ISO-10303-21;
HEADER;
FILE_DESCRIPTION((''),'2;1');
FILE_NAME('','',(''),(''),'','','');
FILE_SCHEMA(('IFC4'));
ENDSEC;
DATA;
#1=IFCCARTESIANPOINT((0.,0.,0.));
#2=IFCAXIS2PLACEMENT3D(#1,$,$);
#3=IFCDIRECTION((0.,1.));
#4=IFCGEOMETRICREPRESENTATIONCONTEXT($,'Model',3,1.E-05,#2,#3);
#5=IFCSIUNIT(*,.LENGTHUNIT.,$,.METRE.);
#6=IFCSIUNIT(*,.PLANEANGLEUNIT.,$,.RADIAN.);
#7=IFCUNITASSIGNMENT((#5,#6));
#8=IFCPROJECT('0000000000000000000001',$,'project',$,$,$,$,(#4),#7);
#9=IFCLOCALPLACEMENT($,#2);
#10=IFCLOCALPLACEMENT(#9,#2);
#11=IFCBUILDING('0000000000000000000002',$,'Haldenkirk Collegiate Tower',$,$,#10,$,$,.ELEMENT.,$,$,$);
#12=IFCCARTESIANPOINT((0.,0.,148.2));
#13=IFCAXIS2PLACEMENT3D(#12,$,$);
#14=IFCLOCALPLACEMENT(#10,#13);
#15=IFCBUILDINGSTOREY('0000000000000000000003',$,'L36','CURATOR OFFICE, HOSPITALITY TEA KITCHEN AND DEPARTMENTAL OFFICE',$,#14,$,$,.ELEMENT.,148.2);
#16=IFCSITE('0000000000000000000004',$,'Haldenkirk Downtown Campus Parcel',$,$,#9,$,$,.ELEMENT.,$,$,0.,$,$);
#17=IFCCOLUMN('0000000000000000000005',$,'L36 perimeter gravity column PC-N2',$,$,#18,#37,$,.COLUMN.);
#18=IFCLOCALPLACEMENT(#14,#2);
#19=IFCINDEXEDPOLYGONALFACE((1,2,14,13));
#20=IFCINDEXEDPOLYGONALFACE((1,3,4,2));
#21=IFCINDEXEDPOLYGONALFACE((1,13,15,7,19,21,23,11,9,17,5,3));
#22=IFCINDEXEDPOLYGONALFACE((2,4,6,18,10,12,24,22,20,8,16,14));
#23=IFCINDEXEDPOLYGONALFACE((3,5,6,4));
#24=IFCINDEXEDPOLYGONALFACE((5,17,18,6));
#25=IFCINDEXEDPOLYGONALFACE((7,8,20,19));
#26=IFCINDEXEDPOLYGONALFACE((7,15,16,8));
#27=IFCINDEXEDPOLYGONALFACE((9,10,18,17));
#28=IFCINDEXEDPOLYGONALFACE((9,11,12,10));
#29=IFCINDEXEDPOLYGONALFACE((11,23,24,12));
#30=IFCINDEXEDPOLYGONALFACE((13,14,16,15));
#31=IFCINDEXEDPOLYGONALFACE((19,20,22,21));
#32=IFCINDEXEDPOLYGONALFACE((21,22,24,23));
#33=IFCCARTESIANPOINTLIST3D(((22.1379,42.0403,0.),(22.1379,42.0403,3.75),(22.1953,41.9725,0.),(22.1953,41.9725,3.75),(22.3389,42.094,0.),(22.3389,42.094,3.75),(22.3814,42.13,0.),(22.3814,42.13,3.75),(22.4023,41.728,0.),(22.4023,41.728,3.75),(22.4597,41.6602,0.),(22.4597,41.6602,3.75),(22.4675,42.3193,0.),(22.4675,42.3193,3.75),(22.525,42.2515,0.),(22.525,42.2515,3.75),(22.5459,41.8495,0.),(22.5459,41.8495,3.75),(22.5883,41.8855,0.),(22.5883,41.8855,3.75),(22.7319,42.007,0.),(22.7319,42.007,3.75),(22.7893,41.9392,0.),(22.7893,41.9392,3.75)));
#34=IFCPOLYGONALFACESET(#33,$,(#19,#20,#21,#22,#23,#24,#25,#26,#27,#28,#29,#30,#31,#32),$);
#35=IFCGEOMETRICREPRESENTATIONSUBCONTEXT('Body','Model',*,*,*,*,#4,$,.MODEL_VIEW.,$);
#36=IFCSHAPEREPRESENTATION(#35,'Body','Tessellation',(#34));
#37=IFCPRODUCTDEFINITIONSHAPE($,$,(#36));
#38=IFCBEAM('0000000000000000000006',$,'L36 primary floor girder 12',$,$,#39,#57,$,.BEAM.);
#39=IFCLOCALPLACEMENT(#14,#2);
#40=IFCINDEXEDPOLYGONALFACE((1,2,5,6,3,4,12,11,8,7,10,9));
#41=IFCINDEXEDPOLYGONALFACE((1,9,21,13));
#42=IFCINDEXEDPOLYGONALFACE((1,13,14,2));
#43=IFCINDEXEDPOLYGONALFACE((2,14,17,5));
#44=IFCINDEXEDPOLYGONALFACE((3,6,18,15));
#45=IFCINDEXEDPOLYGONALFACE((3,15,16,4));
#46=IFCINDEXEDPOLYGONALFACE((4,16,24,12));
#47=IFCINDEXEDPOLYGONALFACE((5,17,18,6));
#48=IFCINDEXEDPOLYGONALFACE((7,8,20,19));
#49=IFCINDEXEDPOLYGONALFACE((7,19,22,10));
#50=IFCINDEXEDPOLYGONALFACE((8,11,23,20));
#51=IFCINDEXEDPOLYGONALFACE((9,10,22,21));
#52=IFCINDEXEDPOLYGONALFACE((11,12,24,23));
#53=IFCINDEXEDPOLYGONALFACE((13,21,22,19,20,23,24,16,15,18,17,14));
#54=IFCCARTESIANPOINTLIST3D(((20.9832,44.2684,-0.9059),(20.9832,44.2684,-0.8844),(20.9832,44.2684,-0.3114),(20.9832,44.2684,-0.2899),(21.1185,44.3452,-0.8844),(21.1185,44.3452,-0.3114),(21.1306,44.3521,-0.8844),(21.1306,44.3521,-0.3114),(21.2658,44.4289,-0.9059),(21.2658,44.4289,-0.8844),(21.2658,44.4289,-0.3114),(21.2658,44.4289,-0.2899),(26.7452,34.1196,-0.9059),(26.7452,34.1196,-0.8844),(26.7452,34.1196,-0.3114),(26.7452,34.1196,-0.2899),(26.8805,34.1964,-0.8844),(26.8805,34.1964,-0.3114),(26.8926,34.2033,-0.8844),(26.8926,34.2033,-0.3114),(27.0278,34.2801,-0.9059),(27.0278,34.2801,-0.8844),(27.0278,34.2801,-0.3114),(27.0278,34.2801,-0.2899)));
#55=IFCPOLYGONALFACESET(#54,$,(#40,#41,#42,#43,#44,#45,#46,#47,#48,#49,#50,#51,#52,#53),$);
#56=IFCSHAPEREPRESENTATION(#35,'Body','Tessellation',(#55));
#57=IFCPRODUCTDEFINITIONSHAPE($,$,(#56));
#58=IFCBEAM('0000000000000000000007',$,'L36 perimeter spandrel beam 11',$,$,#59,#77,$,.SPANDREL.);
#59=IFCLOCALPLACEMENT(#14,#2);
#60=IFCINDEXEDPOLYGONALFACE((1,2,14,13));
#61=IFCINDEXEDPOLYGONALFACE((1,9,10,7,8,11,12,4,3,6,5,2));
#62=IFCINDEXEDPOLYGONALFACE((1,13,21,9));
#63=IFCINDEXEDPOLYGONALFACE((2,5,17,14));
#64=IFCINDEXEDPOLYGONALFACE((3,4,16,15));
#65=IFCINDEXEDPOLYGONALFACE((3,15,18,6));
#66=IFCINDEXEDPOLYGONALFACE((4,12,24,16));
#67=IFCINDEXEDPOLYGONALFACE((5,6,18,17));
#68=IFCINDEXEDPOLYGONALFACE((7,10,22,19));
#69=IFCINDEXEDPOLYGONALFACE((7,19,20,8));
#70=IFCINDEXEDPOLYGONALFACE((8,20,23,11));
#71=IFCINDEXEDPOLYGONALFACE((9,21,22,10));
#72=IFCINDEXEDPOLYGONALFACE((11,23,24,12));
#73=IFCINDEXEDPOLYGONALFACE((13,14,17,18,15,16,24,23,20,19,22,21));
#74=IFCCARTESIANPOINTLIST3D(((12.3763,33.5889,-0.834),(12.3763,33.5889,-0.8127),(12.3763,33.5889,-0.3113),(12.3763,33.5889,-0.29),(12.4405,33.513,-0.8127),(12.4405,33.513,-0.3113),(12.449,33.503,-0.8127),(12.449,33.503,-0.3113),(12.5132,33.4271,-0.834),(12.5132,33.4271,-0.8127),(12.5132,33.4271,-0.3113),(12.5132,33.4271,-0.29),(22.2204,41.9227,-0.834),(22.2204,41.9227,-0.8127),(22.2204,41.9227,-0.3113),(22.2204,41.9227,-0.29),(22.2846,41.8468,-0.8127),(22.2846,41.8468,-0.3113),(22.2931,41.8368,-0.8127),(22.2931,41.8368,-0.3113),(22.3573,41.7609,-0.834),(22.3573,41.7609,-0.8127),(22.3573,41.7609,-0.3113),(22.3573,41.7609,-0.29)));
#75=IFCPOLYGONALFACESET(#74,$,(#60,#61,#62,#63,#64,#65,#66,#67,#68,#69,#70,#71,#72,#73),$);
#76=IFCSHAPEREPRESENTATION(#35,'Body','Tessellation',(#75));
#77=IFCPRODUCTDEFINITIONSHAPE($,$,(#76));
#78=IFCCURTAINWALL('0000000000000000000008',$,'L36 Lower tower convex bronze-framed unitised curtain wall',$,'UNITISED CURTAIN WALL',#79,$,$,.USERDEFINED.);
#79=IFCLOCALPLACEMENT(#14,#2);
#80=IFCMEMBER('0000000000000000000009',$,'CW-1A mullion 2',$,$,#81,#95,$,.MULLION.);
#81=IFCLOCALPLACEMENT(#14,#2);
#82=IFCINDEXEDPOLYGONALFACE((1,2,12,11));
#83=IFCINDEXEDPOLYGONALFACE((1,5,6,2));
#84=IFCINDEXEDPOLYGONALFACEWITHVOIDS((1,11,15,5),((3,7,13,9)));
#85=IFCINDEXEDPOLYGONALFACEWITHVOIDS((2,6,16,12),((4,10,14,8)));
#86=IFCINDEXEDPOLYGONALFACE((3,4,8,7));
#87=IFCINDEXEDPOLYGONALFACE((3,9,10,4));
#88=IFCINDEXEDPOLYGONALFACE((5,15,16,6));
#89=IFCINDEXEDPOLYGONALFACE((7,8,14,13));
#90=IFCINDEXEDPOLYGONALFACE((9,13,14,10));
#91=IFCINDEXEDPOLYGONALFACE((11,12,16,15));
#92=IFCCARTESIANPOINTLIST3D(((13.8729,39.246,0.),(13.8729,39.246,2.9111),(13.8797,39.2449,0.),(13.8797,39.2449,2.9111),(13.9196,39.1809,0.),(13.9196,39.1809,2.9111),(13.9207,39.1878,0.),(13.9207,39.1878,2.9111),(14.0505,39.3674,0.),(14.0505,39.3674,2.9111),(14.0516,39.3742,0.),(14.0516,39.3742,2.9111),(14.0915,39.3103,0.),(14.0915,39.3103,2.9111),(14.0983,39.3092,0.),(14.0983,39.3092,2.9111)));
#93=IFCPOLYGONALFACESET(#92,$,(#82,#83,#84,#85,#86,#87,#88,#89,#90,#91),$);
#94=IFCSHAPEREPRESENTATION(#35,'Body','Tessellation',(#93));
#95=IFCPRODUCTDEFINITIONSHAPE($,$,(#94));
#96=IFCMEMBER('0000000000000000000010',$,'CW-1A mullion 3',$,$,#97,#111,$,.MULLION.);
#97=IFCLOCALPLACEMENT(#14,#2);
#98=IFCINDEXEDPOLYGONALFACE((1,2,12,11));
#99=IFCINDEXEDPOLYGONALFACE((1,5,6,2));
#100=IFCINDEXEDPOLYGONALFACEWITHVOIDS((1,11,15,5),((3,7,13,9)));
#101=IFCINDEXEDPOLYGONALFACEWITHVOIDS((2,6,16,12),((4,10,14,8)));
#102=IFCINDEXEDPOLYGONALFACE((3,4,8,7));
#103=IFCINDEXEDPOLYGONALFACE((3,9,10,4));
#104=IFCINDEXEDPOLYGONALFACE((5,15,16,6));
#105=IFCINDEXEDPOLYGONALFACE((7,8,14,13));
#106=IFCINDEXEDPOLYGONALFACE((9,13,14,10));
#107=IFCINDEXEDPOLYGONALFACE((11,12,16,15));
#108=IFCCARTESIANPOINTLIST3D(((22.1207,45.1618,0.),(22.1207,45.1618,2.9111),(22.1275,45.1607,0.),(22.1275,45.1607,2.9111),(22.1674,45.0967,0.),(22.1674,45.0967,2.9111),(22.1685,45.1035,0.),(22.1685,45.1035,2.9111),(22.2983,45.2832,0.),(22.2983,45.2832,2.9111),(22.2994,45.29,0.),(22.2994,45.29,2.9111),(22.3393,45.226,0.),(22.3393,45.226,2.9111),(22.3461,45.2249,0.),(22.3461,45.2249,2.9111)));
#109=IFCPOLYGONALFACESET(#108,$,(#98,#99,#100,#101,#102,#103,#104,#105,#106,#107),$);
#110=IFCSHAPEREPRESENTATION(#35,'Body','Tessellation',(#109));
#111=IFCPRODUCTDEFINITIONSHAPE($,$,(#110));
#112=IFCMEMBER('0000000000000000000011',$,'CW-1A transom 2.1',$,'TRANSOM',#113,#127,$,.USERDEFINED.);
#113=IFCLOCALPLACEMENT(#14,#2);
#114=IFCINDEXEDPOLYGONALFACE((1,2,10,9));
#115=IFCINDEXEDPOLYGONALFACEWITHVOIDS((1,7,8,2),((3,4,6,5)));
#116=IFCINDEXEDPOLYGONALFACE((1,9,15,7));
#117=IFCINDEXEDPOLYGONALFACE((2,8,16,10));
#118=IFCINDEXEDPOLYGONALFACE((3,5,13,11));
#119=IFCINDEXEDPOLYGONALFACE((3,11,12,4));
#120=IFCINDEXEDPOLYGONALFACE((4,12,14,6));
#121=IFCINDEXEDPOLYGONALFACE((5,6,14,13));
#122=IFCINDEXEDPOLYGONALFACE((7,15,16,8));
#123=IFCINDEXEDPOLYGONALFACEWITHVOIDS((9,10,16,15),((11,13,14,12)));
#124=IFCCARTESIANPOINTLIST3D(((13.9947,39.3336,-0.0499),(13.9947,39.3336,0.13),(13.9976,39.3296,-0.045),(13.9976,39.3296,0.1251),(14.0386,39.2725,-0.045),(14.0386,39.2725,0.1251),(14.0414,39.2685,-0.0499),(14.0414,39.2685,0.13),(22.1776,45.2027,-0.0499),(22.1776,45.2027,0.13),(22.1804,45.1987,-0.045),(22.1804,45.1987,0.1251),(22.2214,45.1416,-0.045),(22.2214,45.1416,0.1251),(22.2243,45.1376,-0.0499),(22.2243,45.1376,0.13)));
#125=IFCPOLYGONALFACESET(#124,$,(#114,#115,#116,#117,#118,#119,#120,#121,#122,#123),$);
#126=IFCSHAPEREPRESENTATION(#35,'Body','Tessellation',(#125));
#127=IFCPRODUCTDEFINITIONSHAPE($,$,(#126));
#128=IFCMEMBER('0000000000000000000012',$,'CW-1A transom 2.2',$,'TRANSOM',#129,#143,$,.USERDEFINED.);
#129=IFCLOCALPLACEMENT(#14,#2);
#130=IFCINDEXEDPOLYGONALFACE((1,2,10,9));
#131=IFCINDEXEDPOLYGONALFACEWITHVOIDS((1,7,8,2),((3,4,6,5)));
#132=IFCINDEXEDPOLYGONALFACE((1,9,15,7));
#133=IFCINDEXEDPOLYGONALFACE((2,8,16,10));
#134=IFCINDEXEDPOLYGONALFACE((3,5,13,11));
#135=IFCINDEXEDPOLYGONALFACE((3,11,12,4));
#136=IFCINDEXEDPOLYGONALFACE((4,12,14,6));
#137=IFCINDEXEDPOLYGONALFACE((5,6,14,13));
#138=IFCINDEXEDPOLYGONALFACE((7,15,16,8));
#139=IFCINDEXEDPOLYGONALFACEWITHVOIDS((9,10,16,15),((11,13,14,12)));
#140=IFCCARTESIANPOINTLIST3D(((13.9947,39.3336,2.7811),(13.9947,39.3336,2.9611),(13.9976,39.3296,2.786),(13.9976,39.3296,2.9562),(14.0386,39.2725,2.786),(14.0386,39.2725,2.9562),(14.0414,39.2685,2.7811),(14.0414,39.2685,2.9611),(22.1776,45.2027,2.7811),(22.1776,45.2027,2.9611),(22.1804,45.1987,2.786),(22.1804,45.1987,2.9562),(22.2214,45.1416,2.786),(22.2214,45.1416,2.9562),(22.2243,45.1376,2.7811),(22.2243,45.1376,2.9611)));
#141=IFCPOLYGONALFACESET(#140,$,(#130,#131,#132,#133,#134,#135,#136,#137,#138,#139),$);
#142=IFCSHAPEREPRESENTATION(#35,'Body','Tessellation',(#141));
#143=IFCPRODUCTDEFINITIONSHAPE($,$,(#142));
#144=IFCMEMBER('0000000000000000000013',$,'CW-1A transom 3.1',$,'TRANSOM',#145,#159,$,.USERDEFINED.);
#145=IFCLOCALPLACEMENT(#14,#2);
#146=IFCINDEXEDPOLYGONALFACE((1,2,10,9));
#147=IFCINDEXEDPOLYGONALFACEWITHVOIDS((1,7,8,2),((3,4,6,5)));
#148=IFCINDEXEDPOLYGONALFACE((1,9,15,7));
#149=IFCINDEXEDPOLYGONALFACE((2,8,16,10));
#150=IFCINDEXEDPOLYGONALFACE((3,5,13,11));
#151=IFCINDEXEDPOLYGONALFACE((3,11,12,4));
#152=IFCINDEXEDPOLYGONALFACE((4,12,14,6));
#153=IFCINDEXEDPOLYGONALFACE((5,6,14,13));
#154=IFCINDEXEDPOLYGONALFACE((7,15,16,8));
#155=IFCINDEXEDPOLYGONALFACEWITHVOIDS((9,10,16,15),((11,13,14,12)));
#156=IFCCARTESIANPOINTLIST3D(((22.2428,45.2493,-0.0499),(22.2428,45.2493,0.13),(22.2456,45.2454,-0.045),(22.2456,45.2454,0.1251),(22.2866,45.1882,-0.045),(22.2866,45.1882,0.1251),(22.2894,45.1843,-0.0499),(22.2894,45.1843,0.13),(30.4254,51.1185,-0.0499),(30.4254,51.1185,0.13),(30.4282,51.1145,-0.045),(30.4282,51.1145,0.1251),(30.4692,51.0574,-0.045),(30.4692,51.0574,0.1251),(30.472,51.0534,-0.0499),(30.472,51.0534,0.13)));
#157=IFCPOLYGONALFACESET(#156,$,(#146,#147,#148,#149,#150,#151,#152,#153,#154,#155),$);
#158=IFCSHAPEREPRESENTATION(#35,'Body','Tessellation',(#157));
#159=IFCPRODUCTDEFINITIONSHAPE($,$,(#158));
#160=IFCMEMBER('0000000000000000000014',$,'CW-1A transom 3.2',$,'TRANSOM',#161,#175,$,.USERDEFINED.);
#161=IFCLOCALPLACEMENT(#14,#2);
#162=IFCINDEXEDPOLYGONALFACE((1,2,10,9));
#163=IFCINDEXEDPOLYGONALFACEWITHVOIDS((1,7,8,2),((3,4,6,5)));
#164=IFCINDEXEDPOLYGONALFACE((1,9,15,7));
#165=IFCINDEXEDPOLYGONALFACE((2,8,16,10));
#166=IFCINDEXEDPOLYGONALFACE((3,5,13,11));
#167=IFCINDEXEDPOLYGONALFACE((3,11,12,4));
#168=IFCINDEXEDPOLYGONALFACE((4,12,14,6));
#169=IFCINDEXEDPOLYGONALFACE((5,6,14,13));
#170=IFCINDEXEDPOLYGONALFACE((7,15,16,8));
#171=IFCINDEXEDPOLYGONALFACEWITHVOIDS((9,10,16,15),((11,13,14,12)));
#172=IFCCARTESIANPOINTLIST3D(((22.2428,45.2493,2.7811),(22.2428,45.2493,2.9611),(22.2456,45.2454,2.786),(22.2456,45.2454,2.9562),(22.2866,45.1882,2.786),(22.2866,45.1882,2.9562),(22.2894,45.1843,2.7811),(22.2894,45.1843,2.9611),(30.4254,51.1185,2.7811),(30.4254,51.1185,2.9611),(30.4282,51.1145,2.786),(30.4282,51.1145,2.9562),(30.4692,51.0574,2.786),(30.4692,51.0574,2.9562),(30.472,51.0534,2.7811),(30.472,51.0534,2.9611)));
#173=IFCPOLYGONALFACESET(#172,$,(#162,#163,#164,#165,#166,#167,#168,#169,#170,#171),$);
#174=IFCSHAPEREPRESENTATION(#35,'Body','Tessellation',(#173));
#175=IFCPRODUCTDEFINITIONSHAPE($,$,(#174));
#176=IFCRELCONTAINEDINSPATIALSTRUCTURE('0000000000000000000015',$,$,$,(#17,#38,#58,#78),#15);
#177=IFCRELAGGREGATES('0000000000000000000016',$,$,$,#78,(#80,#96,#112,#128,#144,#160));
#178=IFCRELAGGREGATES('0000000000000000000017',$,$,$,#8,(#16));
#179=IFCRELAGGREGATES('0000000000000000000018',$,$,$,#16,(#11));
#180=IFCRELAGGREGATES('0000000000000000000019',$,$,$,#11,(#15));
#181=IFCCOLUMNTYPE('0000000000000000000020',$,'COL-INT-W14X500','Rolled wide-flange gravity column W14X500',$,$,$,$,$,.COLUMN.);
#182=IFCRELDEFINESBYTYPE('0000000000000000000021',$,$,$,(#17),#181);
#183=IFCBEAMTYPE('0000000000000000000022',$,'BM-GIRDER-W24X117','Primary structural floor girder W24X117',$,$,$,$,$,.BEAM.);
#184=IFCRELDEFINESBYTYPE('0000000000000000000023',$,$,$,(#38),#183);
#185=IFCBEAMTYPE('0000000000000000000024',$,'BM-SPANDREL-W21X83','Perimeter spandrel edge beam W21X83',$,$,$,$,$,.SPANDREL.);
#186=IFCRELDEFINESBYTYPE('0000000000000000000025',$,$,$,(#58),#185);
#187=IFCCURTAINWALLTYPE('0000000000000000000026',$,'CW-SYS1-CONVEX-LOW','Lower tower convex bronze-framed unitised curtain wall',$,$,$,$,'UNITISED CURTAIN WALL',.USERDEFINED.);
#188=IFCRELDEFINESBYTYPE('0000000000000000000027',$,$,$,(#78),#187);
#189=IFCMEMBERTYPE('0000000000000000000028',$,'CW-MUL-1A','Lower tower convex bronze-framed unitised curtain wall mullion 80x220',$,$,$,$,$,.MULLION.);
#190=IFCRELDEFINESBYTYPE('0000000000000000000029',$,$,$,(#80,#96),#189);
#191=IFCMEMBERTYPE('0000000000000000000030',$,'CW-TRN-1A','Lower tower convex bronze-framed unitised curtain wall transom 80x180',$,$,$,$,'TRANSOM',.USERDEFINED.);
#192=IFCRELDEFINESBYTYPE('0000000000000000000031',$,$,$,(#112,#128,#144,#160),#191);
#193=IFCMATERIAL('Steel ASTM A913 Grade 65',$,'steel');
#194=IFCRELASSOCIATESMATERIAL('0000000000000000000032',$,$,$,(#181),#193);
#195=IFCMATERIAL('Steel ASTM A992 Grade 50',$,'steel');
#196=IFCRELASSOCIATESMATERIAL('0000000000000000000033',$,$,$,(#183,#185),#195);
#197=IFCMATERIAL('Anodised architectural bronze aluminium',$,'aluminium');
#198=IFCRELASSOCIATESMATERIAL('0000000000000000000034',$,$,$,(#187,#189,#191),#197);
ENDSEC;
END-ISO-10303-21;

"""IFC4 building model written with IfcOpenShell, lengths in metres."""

from ifc_helpers import new_model, si_unit, direction, frame, origin, origin_2d, place, context, subcontext, project, spatial, hollow_rectangle, i_section, extrude, material, material_profile, profile_set, type_object, element, aggregate, save


model = new_model("IFC4")

# Units and contexts
model_context = context("Model", 3, precision=1e-05, world=origin(), true_north=direction((0.0, 1.0)))
body_context = subcontext(model_context, "Body", "Model", "MODEL_VIEW")
ifc_project = project(units=[si_unit("LENGTHUNIT", "METRE"), si_unit("PLANEANGLEUNIT", "RADIAN")], contexts=[model_context])

# Site, building, storey
site_placement = place(None, origin())
site = spatial("IfcSite", under=ifc_project, at=site_placement, Name="Haldenkirk Downtown Campus Parcel", CompositionType="ELEMENT", RefElevation=0.0)
building_placement = place(site_placement, origin())
building = spatial("IfcBuilding", under=site, at=building_placement, Name="Haldenkirk Collegiate Tower", CompositionType="ELEMENT")
storey_placement = place(building_placement, frame((0.0, 0.0, 148.2)))
storey = spatial("IfcBuildingStorey", under=building, at=storey_placement, Name="L36", Description="CURATOR OFFICE, HOSPITALITY TEA KITCHEN AND DEPARTMENTAL OFFICE", CompositionType="ELEMENT", Elevation=148.2)

# Column
ifc_material_1 = material(Name="Steel ASTM A913 Grade 65", Category="steel")
ifc_material_profile_1 = material_profile(ifc_material_1, i_section(OverallWidth=0.4319, OverallDepth=0.498, WebThickness=0.0557, FlangeThickness=0.0889, at=origin_2d()), Name="W14X500")
ifc_profile_set_1 = profile_set([ifc_material_profile_1], Name="Steel ASTM A913 Grade 65")
column_type = type_object("IfcColumnType", Name="COL-INT-W14X500", Description="Rolled wide-flange gravity column W14X500", PredefinedType="COLUMN", material=ifc_profile_set_1)
column_placement = place(storey_placement, frame((22.4636, 41.9897, 0.0), z_axis=(0.0, 0.0, 1.0), x_axis=(0.763232, 0.646124, 0.0)))
element("IfcColumn", 1, at=column_placement, inside=storey, type_object=column_type, Name="L36 perimeter gravity column PC-N2", PredefinedType="COLUMN", context=body_context, shape_type="SweptSolid", body=[
    extrude(i_section(OverallWidth=0.4319, OverallDepth=0.498, WebThickness=0.0557, FlangeThickness=0.0889, at=origin_2d()), origin(), (0.0, 0.0, 1.0), 3.75),
])

# Beams
ifc_material_2 = material(Name="Steel ASTM A992 Grade 50", Category="steel")
ifc_material_profile_2 = material_profile(ifc_material_2, i_section(OverallWidth=0.325, OverallDepth=0.616, WebThickness=0.0139, FlangeThickness=0.0215, at=origin_2d()), Name="W24X117")
ifc_profile_set_2 = profile_set([ifc_material_profile_2], Name="Steel ASTM A992 Grade 50")
beam_type_1 = type_object("IfcBeamType", Name="BM-GIRDER-W24X117", Description="Primary structural floor girder W24X117", PredefinedType="BEAM", material=ifc_profile_set_2)
beam_1_placement = place(storey_placement, frame((21.1245, 44.3486, -0.5979), z_axis=(0.493729, -0.869616, 0.0), x_axis=(0.869616, 0.493729, 0.0)))
element("IfcBeam", 2, at=beam_1_placement, inside=storey, type_object=beam_type_1, Name="L36 primary floor girder 12", PredefinedType="BEAM", context=body_context, shape_type="SweptSolid", body=[
    extrude(i_section(OverallWidth=0.325, OverallDepth=0.616, WebThickness=0.0139, FlangeThickness=0.0215, at=origin_2d()), origin(), (0.0, 0.0, 1.0), 11.6704),
])
ifc_material_profile_3 = material_profile(ifc_material_2, i_section(OverallWidth=0.2119, OverallDepth=0.5439, WebThickness=0.0132, FlangeThickness=0.0212, at=origin_2d()), Name="W21X83")
ifc_profile_set_3 = profile_set([ifc_material_profile_3], Name="Steel ASTM A992 Grade 50")
beam_type_2 = type_object("IfcBeamType", Name="BM-SPANDREL-W21X83", Description="Perimeter spandrel edge beam W21X83", PredefinedType="SPANDREL", material=ifc_profile_set_3)
beam_2_placement = place(storey_placement, frame((22.2888, 41.8418, -0.562), z_axis=(-0.763225, -0.646132, 0.0), x_axis=(0.646132, -0.763225, 0.0)))
element("IfcBeam", 3, at=beam_2_placement, inside=storey, type_object=beam_type_2, Name="L36 perimeter spandrel beam 11", PredefinedType="SPANDREL", context=body_context, shape_type="SweptSolid", body=[
    extrude(i_section(OverallWidth=0.2119, OverallDepth=0.5439, WebThickness=0.0132, FlangeThickness=0.0212, at=origin_2d()), origin(), (0.0, 0.0, 1.0), 12.8979),
])

# Curtain wall, members
ifc_material_3 = material(Name="Anodised architectural bronze aluminium", Category="aluminium")
curtain_wall_type = type_object("IfcCurtainWallType", Name="CW-SYS1-CONVEX-LOW", Description="Lower tower convex bronze-framed unitised curtain wall", ElementType="UNITISED CURTAIN WALL", PredefinedType="USERDEFINED", material=ifc_material_3)
curtain_wall_placement = place(storey_placement, origin())
curtain_wall = element("IfcCurtainWall", 4, at=curtain_wall_placement, inside=storey, type_object=curtain_wall_type, Name="L36 Lower tower convex bronze-framed unitised curtain wall", ObjectType="UNITISED CURTAIN WALL", PredefinedType="USERDEFINED")
ifc_material_profile_4 = material_profile(ifc_material_3, hollow_rectangle(XDim=0.0801, YDim=0.22, WallThickness=0.0049, at=origin_2d()), Name="CW-MUL-1A")
ifc_profile_set_4 = profile_set([ifc_material_profile_4], Name="Anodised architectural bronze aluminium")
member_type_1 = type_object("IfcMemberType", Name="CW-MUL-1A", Description="Lower tower convex bronze-framed unitised curtain wall mullion 80x220", PredefinedType="MULLION", material=ifc_profile_set_4)
member_1_placement = place(storey_placement, frame((13.9856, 39.2776, 0.0), z_axis=(0.0, 0.0, 1.0), x_axis=(-0.582831, 0.812594, 0.0)))
member_1 = element("IfcMember", 5, at=member_1_placement, type_object=member_type_1, Name="CW-1A mullion 2", PredefinedType="MULLION", context=body_context, shape_type="SweptSolid", body=[
    extrude(hollow_rectangle(XDim=0.0801, YDim=0.22, WallThickness=0.0049, at=origin_2d()), origin(), (0.0, 0.0, 1.0), 2.9111),
])
member_2_placement = place(storey_placement, frame((22.2334, 45.1934, 0.0), z_axis=(0.0, 0.0, 1.0), x_axis=(-0.582831, 0.812594, 0.0)))
member_2 = element("IfcMember", 6, at=member_2_placement, type_object=member_type_1, Name="CW-1A mullion 3", PredefinedType="MULLION", context=body_context, shape_type="SweptSolid", body=[
    extrude(hollow_rectangle(XDim=0.0801, YDim=0.22, WallThickness=0.0049, at=origin_2d()), origin(), (0.0, 0.0, 1.0), 2.9111),
])
ifc_material_profile_5 = material_profile(ifc_material_3, hollow_rectangle(XDim=0.0801, YDim=0.1799, WallThickness=0.0049, at=origin_2d()), Name="CW-TRN-1A")
ifc_profile_set_5 = profile_set([ifc_material_profile_5], Name="Anodised architectural bronze aluminium")
member_type_2 = type_object("IfcMemberType", Name="CW-TRN-1A", Description="Lower tower convex bronze-framed unitised curtain wall transom 80x180", ElementType="TRANSOM", PredefinedType="USERDEFINED", material=ifc_profile_set_5)
member_3_placement = place(storey_placement, frame((14.0181, 39.301, 0.04), z_axis=(0.812593, 0.582831, 0.0), x_axis=(-0.582831, 0.812593, 0.0)))
member_3 = element("IfcMember", 7, at=member_3_placement, type_object=member_type_2, Name="CW-1A transom 2.1", ObjectType="TRANSOM", PredefinedType="USERDEFINED", context=body_context, shape_type="SweptSolid", body=[
    extrude(hollow_rectangle(XDim=0.0801, YDim=0.1799, WallThickness=0.0049, at=origin_2d()), origin(), (0.0, 0.0, 1.0), 10.0701),
])
member_4_placement = place(storey_placement, frame((14.0181, 39.301, 2.8711), z_axis=(0.812593, 0.582831, 0.0), x_axis=(-0.582831, 0.812593, 0.0)))
member_4 = element("IfcMember", 8, at=member_4_placement, type_object=member_type_2, Name="CW-1A transom 2.2", ObjectType="TRANSOM", PredefinedType="USERDEFINED", context=body_context, shape_type="SweptSolid", body=[
    extrude(hollow_rectangle(XDim=0.0801, YDim=0.1799, WallThickness=0.0049, at=origin_2d()), origin(), (0.0, 0.0, 1.0), 10.0701),
])
member_5_placement = place(storey_placement, frame((22.2661, 45.2168, 0.04), z_axis=(0.812585, 0.582842, 0.0), x_axis=(-0.582842, 0.812585, 0.0)))
member_5 = element("IfcMember", 9, at=member_5_placement, type_object=member_type_2, Name="CW-1A transom 3.1", ObjectType="TRANSOM", PredefinedType="USERDEFINED", context=body_context, shape_type="SweptSolid", body=[
    extrude(hollow_rectangle(XDim=0.0801, YDim=0.1799, WallThickness=0.0049, at=origin_2d()), origin(), (0.0, 0.0, 1.0), 10.0698),
])
member_6_placement = place(storey_placement, frame((22.2661, 45.2168, 2.8711), z_axis=(0.812585, 0.582842, 0.0), x_axis=(-0.582842, 0.812585, 0.0)))
member_6 = element("IfcMember", 10, at=member_6_placement, type_object=member_type_2, Name="CW-1A transom 3.2", ObjectType="TRANSOM", PredefinedType="USERDEFINED", context=body_context, shape_type="SweptSolid", body=[
    extrude(hollow_rectangle(XDim=0.0801, YDim=0.1799, WallThickness=0.0049, at=origin_2d()), origin(), (0.0, 0.0, 1.0), 10.0698),
])
aggregate(curtain_wall, [member_1, member_2, member_3, member_4, member_5, member_6])

save(model, "model.ifc")
